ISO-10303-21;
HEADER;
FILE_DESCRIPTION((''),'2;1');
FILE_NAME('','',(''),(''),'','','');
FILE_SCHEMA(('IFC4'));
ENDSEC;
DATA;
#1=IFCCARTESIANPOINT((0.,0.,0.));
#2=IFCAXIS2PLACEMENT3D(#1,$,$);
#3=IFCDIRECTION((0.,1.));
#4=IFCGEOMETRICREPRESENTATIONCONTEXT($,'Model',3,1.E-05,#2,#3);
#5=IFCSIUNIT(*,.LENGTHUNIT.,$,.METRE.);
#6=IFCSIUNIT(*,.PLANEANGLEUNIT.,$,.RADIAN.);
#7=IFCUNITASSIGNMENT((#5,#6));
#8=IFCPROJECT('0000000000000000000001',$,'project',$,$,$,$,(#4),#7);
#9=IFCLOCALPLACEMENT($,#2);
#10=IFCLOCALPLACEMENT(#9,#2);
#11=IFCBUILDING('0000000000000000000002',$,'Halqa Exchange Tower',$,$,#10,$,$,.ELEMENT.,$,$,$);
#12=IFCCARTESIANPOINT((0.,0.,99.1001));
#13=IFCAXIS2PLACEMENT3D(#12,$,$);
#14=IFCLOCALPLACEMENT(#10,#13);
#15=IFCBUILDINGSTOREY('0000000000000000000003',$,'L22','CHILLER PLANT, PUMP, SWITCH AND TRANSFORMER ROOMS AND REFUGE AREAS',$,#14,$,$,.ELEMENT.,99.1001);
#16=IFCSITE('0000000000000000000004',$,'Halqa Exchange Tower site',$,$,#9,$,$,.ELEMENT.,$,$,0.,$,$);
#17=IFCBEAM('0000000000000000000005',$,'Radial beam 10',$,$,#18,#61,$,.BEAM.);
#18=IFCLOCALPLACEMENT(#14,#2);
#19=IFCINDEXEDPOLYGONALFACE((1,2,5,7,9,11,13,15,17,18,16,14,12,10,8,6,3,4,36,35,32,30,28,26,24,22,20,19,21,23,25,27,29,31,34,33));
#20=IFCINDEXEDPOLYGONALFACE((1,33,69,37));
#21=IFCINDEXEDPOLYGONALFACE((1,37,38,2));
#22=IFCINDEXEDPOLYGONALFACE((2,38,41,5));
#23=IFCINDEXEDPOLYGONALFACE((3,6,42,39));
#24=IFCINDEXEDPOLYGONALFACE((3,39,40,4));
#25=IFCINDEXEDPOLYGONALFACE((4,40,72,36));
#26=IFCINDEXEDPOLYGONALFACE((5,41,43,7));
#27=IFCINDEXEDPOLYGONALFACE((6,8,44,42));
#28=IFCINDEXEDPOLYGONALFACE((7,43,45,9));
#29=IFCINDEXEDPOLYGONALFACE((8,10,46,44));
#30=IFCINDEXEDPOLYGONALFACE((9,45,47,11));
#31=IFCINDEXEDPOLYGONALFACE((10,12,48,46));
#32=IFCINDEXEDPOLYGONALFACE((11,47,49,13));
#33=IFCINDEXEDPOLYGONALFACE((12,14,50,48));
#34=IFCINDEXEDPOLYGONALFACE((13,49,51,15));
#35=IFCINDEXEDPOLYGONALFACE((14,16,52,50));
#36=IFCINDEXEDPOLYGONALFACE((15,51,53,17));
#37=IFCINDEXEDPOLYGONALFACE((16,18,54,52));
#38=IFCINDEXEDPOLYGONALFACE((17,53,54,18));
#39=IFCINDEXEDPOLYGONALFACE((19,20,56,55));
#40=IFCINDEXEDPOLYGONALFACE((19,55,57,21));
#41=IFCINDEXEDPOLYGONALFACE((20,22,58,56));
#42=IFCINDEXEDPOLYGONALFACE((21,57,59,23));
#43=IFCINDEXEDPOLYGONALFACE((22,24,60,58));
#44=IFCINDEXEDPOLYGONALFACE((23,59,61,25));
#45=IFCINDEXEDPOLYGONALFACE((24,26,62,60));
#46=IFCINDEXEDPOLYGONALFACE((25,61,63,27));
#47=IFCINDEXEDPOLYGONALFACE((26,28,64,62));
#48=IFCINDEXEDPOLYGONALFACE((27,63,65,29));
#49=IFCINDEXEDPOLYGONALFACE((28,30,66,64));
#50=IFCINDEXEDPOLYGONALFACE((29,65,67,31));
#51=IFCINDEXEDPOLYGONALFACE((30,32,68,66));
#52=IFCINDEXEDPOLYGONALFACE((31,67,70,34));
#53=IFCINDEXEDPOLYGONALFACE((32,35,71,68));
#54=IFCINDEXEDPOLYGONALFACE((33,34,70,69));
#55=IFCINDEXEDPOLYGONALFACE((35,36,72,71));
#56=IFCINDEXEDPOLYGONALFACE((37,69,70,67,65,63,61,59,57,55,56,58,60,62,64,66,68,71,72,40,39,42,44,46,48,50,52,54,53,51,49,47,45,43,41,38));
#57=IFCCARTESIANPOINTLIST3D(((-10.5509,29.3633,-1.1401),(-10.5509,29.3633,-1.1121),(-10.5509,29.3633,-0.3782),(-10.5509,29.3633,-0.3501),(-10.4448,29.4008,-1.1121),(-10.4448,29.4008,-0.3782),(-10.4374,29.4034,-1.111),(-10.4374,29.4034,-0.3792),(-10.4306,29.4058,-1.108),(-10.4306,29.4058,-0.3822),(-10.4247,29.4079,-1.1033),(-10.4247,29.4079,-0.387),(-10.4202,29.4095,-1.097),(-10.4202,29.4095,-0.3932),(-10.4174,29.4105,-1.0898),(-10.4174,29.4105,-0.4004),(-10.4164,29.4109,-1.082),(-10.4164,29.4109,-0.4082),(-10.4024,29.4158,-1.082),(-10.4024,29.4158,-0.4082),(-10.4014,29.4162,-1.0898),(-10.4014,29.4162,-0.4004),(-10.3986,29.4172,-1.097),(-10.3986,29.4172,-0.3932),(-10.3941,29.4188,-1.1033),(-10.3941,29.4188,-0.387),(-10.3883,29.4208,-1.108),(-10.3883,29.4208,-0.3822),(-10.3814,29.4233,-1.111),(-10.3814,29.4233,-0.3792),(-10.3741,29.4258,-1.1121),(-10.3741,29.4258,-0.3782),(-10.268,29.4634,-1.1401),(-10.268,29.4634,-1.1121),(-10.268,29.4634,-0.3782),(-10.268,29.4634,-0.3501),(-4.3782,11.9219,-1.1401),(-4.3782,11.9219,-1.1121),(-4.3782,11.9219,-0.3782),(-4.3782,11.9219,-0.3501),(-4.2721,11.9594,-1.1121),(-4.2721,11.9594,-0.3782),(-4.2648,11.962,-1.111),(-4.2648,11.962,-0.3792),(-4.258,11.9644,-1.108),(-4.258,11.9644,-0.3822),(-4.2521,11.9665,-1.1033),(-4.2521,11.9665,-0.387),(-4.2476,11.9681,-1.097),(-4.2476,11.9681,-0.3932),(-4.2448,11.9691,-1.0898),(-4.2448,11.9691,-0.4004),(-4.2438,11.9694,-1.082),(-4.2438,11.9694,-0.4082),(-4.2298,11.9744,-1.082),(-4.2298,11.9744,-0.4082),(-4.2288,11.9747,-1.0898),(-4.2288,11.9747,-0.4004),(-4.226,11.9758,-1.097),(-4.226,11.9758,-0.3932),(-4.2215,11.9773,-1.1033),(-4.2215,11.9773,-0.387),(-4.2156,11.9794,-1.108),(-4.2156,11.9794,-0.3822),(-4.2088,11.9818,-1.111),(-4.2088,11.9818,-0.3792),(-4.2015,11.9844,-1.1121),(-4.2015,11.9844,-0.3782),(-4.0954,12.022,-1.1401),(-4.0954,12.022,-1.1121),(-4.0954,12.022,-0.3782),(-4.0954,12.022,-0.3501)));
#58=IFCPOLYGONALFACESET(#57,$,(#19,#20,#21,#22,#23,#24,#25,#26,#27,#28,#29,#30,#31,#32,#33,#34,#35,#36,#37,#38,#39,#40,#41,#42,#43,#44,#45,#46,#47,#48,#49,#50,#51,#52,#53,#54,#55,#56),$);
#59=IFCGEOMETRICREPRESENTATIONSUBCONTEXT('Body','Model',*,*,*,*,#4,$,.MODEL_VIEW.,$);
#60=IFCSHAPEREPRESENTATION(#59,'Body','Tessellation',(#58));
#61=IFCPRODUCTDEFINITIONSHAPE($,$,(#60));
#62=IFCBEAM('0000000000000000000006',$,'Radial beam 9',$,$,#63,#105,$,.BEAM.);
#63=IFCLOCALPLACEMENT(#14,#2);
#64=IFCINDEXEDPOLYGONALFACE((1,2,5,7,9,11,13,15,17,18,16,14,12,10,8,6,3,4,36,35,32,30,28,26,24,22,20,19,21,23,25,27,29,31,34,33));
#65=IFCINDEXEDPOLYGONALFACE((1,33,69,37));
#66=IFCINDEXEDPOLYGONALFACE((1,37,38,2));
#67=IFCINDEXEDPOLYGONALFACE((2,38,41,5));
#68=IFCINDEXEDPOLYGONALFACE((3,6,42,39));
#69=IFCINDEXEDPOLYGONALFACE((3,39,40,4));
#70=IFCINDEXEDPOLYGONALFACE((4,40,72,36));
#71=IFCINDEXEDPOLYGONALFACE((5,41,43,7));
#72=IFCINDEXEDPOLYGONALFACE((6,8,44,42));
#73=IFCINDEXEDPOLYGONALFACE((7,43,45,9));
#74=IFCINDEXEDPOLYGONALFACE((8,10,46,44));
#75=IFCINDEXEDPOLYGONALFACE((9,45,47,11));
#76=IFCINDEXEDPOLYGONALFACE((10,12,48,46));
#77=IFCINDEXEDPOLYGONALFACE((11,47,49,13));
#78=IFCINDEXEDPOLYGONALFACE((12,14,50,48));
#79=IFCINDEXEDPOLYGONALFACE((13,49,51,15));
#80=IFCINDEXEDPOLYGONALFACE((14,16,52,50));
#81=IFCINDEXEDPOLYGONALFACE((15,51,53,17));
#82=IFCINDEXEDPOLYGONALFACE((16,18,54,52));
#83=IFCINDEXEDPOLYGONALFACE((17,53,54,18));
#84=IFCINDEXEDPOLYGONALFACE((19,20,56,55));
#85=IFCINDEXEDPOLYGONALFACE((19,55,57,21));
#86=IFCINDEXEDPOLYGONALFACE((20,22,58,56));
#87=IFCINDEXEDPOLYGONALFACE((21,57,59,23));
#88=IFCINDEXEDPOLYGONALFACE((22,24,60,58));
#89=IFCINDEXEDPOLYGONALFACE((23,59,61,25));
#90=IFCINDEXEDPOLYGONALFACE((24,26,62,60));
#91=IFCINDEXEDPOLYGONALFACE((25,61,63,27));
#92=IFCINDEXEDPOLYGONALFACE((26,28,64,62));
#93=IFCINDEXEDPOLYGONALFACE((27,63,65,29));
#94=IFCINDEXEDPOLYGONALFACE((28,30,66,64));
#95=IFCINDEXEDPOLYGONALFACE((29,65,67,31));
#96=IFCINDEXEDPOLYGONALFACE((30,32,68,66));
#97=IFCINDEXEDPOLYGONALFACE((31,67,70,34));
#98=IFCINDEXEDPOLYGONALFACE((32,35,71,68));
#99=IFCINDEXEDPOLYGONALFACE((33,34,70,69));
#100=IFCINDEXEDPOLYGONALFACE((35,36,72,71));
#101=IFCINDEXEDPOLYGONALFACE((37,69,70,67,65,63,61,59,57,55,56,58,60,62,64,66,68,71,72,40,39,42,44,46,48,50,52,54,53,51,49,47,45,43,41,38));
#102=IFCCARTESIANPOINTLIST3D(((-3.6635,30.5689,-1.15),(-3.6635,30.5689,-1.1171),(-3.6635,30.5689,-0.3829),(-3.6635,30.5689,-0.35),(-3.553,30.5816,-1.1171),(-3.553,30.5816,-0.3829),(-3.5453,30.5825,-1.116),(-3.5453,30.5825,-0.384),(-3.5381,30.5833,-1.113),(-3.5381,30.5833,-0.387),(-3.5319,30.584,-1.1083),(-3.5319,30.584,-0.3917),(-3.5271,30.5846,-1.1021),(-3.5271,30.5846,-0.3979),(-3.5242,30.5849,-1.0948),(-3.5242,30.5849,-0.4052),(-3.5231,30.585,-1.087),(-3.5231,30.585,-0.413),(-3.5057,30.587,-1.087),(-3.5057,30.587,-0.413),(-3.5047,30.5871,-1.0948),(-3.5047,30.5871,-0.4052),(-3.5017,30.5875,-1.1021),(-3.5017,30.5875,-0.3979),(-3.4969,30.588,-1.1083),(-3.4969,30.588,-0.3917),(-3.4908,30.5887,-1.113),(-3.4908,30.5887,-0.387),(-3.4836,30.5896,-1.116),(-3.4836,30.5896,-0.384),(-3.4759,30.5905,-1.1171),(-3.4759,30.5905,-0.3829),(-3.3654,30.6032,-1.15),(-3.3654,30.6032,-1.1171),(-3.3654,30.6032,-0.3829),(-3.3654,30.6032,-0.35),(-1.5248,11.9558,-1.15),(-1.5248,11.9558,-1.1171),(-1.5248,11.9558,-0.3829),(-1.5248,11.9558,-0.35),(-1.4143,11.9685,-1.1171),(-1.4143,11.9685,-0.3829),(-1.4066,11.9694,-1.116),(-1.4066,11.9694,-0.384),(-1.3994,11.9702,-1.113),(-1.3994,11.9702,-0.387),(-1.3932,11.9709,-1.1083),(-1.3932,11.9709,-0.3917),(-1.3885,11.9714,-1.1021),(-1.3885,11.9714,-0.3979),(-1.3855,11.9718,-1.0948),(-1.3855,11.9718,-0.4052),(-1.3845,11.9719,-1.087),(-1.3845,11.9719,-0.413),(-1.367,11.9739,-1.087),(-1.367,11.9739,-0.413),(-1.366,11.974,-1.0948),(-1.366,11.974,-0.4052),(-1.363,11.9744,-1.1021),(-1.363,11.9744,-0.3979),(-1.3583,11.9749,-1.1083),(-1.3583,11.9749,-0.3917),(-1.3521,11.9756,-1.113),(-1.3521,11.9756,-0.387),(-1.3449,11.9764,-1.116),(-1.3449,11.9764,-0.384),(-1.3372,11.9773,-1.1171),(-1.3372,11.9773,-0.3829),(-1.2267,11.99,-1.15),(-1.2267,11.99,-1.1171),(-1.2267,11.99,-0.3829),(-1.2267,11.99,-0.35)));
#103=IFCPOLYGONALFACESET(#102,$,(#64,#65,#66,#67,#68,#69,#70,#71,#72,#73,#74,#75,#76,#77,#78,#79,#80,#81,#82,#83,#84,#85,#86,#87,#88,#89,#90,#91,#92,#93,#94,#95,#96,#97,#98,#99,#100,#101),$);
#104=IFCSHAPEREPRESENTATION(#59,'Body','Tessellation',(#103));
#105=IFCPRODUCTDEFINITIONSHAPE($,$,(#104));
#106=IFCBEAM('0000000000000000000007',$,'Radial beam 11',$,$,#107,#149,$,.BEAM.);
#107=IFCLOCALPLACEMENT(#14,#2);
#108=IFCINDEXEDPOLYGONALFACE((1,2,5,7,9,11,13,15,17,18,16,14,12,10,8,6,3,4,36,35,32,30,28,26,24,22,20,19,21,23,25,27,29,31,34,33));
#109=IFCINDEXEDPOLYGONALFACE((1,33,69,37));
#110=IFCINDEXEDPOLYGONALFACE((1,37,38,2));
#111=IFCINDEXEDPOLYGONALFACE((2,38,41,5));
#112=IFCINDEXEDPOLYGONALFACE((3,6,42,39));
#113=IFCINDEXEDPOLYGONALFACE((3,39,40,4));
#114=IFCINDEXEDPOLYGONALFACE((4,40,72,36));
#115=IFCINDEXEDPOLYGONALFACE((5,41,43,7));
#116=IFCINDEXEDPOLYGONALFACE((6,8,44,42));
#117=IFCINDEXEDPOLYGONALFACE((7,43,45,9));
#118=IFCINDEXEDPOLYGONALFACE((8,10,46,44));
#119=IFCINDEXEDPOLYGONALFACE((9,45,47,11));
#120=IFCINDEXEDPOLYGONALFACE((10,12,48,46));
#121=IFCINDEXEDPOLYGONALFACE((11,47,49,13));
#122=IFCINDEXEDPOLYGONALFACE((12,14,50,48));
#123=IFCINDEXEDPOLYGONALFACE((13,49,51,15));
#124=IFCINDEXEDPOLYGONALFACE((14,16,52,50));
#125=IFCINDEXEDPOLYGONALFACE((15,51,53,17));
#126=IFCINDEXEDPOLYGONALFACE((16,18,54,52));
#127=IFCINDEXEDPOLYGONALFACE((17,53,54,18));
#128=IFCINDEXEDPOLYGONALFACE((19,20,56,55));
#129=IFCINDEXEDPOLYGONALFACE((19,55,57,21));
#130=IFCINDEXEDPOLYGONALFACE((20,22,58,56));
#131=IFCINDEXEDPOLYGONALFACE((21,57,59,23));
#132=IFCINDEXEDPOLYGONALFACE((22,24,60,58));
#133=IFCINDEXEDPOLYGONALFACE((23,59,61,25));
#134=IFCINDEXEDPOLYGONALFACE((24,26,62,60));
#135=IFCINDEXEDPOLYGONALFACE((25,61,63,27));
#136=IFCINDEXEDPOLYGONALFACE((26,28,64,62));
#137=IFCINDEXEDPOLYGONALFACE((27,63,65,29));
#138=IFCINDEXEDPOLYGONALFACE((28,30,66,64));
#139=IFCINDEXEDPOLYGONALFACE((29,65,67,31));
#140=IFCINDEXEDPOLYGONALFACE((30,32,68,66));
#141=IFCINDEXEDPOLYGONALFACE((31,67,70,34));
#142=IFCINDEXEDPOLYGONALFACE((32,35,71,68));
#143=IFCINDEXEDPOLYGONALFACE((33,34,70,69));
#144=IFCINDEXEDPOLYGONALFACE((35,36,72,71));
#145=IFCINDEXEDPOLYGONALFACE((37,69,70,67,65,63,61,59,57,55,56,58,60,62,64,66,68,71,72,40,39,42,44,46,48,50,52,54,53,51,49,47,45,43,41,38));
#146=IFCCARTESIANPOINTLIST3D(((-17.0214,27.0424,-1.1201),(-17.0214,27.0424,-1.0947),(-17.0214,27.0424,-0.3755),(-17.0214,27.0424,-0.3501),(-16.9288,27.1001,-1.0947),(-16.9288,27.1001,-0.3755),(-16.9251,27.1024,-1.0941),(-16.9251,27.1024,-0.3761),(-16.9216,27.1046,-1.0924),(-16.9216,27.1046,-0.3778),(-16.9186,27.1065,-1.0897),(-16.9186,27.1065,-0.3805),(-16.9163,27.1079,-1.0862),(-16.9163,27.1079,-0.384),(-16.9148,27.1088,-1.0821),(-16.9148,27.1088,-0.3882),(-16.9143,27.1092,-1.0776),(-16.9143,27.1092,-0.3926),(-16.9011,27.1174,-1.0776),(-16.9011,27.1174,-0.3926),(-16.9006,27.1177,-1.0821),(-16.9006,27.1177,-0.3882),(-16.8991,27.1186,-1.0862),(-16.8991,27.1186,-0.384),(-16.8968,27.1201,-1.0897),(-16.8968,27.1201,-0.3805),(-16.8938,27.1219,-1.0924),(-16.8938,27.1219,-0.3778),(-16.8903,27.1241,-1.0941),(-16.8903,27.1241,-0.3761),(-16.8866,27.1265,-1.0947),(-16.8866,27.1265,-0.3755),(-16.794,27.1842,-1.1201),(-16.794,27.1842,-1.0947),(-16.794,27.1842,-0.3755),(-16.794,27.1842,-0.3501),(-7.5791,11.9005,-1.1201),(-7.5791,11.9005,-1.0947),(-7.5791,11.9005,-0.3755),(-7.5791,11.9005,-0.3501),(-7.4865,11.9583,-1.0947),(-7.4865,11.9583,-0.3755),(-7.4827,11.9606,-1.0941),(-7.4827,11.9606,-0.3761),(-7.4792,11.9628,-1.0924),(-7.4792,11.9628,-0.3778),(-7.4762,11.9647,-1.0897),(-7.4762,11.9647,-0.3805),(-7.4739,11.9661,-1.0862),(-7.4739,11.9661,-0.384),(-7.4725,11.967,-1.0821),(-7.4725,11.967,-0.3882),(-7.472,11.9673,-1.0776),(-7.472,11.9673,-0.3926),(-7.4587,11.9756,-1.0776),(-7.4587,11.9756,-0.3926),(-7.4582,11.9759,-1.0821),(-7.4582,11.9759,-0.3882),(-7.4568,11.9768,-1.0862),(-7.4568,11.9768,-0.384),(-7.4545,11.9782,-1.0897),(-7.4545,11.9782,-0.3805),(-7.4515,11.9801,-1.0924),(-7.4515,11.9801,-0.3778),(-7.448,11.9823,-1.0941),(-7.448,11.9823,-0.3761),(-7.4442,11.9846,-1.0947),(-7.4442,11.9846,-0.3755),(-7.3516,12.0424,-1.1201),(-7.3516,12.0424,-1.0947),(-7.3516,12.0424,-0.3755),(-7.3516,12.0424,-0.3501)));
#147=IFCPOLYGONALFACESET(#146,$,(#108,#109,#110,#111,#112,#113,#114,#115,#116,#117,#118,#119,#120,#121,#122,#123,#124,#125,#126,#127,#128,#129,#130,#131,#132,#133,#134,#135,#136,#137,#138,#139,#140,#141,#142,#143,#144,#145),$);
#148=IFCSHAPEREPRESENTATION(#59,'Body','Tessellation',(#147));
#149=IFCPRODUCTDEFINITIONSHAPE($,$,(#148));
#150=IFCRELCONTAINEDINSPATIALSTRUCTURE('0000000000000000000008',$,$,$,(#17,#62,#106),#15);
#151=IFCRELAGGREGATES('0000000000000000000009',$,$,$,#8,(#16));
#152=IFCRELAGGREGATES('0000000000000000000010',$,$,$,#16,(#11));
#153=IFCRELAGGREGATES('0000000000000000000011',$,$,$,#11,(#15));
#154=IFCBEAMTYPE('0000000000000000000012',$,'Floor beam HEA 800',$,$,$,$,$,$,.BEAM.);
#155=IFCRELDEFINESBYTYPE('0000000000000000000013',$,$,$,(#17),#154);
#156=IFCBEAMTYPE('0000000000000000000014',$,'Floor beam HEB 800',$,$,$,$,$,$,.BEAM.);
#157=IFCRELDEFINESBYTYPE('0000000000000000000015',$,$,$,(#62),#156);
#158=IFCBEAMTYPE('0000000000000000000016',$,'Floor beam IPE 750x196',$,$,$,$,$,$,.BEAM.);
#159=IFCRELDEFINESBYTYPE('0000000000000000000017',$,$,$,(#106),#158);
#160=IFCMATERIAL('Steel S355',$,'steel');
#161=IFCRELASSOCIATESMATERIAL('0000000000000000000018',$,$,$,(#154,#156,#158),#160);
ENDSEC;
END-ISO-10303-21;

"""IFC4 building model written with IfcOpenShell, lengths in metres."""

from ifc_helpers import new_model, si_unit, direction, frame, origin, origin_2d, place, context, subcontext, project, spatial, i_section, extrude, material, material_profile, profile_set, type_object, element, save


model = new_model("IFC4")

# Units and contexts
model_context = context("Model", 3, precision=1e-05, world=origin(), true_north=direction((0.0, 1.0)))
body_context = subcontext(model_context, "Body", "Model", "MODEL_VIEW")
ifc_project = project(units=[si_unit("LENGTHUNIT", "METRE"), si_unit("PLANEANGLEUNIT", "RADIAN")], contexts=[model_context])

# Site, building, storey
site_placement = place(None, origin())
site = spatial("IfcSite", under=ifc_project, at=site_placement, Name="Halqa Exchange Tower site", CompositionType="ELEMENT", RefElevation=0.0)
building_placement = place(site_placement, origin())
building = spatial("IfcBuilding", under=site, at=building_placement, Name="Halqa Exchange Tower", CompositionType="ELEMENT")
storey_placement = place(building_placement, frame((0.0, 0.0, 99.1001)))
storey = spatial("IfcBuildingStorey", under=building, at=storey_placement, Name="L22", Description="CHILLER PLANT, PUMP, SWITCH AND TRANSFORMER ROOMS AND REFUGE AREAS", CompositionType="ELEMENT", Elevation=99.1001)

# Beams
ifc_material_1 = material(Name="Steel S355", Category="steel")
ifc_material_profile_1 = material_profile(ifc_material_1, i_section(OverallWidth=0.3, OverallDepth=0.79, WebThickness=0.0149, FlangeThickness=0.0281, FilletRadius=0.03, at=origin_2d()), Name="HEA 800")
ifc_profile_set_1 = profile_set([ifc_material_profile_1], Name="Steel S355")
beam_type_1 = type_object("IfcBeamType", Name="Floor beam HEA 800", PredefinedType="BEAM", material=ifc_profile_set_1)
beam_1_placement = place(storey_placement, frame((-4.2368, 11.9719, -0.7451), z_axis=(-0.333628, 0.942705, 0.0), x_axis=(-0.942705, -0.333628, 0.0)))
element("IfcBeam", 1, at=beam_1_placement, inside=storey, type_object=beam_type_1, Name="Radial beam 10", PredefinedType="BEAM", context=body_context, shape_type="SweptSolid", body=[
    extrude(i_section(OverallWidth=0.3, OverallDepth=0.79, WebThickness=0.0149, FlangeThickness=0.0281, FilletRadius=0.03, at=origin_2d()), origin(), (0.0, 0.0, 1.0), 18.5015),
])
ifc_material_profile_2 = material_profile(ifc_material_1, i_section(OverallWidth=0.3, OverallDepth=0.8, WebThickness=0.0176, FlangeThickness=0.033, FilletRadius=0.03, at=origin_2d()), Name="HEB 800")
ifc_profile_set_2 = profile_set([ifc_material_profile_2], Name="Steel S355")
beam_type_2 = type_object("IfcBeamType", Name="Floor beam HEB 800", PredefinedType="BEAM", material=ifc_profile_set_2)
beam_2_placement = place(storey_placement, frame((-1.3757, 11.9729, -0.75), z_axis=(-0.114151, 0.993463, 0.0), x_axis=(-0.993463, -0.114151, 0.0)))
element("IfcBeam", 2, at=beam_2_placement, inside=storey, type_object=beam_type_2, Name="Radial beam 9", PredefinedType="BEAM", context=body_context, shape_type="SweptSolid", body=[
    extrude(i_section(OverallWidth=0.3, OverallDepth=0.8, WebThickness=0.0176, FlangeThickness=0.033, FilletRadius=0.03, at=origin_2d()), origin(), (0.0, 0.0, 1.0), 18.7356),
])
ifc_material_profile_3 = material_profile(ifc_material_1, i_section(OverallWidth=0.2681, OverallDepth=0.77, WebThickness=0.0156, FlangeThickness=0.0254, FilletRadius=0.0171, at=origin_2d()), Name="IPE 750x196")
ifc_profile_set_3 = profile_set([ifc_material_profile_3], Name="Steel S355")
beam_type_3 = type_object("IfcBeamType", Name="Floor beam IPE 750x196", PredefinedType="BEAM", material=ifc_profile_set_3)
beam_3_placement = place(storey_placement, frame((-7.4653, 11.9714, -0.7351), z_axis=(-0.529142, 0.848534, 0.0), x_axis=(-0.848534, -0.529142, 0.0)))
element("IfcBeam", 3, at=beam_3_placement, inside=storey, type_object=beam_type_3, Name="Radial beam 11", PredefinedType="BEAM", context=body_context, shape_type="SweptSolid", body=[
    extrude(i_section(OverallWidth=0.2681, OverallDepth=0.77, WebThickness=0.0156, FlangeThickness=0.0254, FilletRadius=0.0171, at=origin_2d()), origin(), (0.0, 0.0, 1.0), 17.8447),
])

save(model, "model.ifc")
